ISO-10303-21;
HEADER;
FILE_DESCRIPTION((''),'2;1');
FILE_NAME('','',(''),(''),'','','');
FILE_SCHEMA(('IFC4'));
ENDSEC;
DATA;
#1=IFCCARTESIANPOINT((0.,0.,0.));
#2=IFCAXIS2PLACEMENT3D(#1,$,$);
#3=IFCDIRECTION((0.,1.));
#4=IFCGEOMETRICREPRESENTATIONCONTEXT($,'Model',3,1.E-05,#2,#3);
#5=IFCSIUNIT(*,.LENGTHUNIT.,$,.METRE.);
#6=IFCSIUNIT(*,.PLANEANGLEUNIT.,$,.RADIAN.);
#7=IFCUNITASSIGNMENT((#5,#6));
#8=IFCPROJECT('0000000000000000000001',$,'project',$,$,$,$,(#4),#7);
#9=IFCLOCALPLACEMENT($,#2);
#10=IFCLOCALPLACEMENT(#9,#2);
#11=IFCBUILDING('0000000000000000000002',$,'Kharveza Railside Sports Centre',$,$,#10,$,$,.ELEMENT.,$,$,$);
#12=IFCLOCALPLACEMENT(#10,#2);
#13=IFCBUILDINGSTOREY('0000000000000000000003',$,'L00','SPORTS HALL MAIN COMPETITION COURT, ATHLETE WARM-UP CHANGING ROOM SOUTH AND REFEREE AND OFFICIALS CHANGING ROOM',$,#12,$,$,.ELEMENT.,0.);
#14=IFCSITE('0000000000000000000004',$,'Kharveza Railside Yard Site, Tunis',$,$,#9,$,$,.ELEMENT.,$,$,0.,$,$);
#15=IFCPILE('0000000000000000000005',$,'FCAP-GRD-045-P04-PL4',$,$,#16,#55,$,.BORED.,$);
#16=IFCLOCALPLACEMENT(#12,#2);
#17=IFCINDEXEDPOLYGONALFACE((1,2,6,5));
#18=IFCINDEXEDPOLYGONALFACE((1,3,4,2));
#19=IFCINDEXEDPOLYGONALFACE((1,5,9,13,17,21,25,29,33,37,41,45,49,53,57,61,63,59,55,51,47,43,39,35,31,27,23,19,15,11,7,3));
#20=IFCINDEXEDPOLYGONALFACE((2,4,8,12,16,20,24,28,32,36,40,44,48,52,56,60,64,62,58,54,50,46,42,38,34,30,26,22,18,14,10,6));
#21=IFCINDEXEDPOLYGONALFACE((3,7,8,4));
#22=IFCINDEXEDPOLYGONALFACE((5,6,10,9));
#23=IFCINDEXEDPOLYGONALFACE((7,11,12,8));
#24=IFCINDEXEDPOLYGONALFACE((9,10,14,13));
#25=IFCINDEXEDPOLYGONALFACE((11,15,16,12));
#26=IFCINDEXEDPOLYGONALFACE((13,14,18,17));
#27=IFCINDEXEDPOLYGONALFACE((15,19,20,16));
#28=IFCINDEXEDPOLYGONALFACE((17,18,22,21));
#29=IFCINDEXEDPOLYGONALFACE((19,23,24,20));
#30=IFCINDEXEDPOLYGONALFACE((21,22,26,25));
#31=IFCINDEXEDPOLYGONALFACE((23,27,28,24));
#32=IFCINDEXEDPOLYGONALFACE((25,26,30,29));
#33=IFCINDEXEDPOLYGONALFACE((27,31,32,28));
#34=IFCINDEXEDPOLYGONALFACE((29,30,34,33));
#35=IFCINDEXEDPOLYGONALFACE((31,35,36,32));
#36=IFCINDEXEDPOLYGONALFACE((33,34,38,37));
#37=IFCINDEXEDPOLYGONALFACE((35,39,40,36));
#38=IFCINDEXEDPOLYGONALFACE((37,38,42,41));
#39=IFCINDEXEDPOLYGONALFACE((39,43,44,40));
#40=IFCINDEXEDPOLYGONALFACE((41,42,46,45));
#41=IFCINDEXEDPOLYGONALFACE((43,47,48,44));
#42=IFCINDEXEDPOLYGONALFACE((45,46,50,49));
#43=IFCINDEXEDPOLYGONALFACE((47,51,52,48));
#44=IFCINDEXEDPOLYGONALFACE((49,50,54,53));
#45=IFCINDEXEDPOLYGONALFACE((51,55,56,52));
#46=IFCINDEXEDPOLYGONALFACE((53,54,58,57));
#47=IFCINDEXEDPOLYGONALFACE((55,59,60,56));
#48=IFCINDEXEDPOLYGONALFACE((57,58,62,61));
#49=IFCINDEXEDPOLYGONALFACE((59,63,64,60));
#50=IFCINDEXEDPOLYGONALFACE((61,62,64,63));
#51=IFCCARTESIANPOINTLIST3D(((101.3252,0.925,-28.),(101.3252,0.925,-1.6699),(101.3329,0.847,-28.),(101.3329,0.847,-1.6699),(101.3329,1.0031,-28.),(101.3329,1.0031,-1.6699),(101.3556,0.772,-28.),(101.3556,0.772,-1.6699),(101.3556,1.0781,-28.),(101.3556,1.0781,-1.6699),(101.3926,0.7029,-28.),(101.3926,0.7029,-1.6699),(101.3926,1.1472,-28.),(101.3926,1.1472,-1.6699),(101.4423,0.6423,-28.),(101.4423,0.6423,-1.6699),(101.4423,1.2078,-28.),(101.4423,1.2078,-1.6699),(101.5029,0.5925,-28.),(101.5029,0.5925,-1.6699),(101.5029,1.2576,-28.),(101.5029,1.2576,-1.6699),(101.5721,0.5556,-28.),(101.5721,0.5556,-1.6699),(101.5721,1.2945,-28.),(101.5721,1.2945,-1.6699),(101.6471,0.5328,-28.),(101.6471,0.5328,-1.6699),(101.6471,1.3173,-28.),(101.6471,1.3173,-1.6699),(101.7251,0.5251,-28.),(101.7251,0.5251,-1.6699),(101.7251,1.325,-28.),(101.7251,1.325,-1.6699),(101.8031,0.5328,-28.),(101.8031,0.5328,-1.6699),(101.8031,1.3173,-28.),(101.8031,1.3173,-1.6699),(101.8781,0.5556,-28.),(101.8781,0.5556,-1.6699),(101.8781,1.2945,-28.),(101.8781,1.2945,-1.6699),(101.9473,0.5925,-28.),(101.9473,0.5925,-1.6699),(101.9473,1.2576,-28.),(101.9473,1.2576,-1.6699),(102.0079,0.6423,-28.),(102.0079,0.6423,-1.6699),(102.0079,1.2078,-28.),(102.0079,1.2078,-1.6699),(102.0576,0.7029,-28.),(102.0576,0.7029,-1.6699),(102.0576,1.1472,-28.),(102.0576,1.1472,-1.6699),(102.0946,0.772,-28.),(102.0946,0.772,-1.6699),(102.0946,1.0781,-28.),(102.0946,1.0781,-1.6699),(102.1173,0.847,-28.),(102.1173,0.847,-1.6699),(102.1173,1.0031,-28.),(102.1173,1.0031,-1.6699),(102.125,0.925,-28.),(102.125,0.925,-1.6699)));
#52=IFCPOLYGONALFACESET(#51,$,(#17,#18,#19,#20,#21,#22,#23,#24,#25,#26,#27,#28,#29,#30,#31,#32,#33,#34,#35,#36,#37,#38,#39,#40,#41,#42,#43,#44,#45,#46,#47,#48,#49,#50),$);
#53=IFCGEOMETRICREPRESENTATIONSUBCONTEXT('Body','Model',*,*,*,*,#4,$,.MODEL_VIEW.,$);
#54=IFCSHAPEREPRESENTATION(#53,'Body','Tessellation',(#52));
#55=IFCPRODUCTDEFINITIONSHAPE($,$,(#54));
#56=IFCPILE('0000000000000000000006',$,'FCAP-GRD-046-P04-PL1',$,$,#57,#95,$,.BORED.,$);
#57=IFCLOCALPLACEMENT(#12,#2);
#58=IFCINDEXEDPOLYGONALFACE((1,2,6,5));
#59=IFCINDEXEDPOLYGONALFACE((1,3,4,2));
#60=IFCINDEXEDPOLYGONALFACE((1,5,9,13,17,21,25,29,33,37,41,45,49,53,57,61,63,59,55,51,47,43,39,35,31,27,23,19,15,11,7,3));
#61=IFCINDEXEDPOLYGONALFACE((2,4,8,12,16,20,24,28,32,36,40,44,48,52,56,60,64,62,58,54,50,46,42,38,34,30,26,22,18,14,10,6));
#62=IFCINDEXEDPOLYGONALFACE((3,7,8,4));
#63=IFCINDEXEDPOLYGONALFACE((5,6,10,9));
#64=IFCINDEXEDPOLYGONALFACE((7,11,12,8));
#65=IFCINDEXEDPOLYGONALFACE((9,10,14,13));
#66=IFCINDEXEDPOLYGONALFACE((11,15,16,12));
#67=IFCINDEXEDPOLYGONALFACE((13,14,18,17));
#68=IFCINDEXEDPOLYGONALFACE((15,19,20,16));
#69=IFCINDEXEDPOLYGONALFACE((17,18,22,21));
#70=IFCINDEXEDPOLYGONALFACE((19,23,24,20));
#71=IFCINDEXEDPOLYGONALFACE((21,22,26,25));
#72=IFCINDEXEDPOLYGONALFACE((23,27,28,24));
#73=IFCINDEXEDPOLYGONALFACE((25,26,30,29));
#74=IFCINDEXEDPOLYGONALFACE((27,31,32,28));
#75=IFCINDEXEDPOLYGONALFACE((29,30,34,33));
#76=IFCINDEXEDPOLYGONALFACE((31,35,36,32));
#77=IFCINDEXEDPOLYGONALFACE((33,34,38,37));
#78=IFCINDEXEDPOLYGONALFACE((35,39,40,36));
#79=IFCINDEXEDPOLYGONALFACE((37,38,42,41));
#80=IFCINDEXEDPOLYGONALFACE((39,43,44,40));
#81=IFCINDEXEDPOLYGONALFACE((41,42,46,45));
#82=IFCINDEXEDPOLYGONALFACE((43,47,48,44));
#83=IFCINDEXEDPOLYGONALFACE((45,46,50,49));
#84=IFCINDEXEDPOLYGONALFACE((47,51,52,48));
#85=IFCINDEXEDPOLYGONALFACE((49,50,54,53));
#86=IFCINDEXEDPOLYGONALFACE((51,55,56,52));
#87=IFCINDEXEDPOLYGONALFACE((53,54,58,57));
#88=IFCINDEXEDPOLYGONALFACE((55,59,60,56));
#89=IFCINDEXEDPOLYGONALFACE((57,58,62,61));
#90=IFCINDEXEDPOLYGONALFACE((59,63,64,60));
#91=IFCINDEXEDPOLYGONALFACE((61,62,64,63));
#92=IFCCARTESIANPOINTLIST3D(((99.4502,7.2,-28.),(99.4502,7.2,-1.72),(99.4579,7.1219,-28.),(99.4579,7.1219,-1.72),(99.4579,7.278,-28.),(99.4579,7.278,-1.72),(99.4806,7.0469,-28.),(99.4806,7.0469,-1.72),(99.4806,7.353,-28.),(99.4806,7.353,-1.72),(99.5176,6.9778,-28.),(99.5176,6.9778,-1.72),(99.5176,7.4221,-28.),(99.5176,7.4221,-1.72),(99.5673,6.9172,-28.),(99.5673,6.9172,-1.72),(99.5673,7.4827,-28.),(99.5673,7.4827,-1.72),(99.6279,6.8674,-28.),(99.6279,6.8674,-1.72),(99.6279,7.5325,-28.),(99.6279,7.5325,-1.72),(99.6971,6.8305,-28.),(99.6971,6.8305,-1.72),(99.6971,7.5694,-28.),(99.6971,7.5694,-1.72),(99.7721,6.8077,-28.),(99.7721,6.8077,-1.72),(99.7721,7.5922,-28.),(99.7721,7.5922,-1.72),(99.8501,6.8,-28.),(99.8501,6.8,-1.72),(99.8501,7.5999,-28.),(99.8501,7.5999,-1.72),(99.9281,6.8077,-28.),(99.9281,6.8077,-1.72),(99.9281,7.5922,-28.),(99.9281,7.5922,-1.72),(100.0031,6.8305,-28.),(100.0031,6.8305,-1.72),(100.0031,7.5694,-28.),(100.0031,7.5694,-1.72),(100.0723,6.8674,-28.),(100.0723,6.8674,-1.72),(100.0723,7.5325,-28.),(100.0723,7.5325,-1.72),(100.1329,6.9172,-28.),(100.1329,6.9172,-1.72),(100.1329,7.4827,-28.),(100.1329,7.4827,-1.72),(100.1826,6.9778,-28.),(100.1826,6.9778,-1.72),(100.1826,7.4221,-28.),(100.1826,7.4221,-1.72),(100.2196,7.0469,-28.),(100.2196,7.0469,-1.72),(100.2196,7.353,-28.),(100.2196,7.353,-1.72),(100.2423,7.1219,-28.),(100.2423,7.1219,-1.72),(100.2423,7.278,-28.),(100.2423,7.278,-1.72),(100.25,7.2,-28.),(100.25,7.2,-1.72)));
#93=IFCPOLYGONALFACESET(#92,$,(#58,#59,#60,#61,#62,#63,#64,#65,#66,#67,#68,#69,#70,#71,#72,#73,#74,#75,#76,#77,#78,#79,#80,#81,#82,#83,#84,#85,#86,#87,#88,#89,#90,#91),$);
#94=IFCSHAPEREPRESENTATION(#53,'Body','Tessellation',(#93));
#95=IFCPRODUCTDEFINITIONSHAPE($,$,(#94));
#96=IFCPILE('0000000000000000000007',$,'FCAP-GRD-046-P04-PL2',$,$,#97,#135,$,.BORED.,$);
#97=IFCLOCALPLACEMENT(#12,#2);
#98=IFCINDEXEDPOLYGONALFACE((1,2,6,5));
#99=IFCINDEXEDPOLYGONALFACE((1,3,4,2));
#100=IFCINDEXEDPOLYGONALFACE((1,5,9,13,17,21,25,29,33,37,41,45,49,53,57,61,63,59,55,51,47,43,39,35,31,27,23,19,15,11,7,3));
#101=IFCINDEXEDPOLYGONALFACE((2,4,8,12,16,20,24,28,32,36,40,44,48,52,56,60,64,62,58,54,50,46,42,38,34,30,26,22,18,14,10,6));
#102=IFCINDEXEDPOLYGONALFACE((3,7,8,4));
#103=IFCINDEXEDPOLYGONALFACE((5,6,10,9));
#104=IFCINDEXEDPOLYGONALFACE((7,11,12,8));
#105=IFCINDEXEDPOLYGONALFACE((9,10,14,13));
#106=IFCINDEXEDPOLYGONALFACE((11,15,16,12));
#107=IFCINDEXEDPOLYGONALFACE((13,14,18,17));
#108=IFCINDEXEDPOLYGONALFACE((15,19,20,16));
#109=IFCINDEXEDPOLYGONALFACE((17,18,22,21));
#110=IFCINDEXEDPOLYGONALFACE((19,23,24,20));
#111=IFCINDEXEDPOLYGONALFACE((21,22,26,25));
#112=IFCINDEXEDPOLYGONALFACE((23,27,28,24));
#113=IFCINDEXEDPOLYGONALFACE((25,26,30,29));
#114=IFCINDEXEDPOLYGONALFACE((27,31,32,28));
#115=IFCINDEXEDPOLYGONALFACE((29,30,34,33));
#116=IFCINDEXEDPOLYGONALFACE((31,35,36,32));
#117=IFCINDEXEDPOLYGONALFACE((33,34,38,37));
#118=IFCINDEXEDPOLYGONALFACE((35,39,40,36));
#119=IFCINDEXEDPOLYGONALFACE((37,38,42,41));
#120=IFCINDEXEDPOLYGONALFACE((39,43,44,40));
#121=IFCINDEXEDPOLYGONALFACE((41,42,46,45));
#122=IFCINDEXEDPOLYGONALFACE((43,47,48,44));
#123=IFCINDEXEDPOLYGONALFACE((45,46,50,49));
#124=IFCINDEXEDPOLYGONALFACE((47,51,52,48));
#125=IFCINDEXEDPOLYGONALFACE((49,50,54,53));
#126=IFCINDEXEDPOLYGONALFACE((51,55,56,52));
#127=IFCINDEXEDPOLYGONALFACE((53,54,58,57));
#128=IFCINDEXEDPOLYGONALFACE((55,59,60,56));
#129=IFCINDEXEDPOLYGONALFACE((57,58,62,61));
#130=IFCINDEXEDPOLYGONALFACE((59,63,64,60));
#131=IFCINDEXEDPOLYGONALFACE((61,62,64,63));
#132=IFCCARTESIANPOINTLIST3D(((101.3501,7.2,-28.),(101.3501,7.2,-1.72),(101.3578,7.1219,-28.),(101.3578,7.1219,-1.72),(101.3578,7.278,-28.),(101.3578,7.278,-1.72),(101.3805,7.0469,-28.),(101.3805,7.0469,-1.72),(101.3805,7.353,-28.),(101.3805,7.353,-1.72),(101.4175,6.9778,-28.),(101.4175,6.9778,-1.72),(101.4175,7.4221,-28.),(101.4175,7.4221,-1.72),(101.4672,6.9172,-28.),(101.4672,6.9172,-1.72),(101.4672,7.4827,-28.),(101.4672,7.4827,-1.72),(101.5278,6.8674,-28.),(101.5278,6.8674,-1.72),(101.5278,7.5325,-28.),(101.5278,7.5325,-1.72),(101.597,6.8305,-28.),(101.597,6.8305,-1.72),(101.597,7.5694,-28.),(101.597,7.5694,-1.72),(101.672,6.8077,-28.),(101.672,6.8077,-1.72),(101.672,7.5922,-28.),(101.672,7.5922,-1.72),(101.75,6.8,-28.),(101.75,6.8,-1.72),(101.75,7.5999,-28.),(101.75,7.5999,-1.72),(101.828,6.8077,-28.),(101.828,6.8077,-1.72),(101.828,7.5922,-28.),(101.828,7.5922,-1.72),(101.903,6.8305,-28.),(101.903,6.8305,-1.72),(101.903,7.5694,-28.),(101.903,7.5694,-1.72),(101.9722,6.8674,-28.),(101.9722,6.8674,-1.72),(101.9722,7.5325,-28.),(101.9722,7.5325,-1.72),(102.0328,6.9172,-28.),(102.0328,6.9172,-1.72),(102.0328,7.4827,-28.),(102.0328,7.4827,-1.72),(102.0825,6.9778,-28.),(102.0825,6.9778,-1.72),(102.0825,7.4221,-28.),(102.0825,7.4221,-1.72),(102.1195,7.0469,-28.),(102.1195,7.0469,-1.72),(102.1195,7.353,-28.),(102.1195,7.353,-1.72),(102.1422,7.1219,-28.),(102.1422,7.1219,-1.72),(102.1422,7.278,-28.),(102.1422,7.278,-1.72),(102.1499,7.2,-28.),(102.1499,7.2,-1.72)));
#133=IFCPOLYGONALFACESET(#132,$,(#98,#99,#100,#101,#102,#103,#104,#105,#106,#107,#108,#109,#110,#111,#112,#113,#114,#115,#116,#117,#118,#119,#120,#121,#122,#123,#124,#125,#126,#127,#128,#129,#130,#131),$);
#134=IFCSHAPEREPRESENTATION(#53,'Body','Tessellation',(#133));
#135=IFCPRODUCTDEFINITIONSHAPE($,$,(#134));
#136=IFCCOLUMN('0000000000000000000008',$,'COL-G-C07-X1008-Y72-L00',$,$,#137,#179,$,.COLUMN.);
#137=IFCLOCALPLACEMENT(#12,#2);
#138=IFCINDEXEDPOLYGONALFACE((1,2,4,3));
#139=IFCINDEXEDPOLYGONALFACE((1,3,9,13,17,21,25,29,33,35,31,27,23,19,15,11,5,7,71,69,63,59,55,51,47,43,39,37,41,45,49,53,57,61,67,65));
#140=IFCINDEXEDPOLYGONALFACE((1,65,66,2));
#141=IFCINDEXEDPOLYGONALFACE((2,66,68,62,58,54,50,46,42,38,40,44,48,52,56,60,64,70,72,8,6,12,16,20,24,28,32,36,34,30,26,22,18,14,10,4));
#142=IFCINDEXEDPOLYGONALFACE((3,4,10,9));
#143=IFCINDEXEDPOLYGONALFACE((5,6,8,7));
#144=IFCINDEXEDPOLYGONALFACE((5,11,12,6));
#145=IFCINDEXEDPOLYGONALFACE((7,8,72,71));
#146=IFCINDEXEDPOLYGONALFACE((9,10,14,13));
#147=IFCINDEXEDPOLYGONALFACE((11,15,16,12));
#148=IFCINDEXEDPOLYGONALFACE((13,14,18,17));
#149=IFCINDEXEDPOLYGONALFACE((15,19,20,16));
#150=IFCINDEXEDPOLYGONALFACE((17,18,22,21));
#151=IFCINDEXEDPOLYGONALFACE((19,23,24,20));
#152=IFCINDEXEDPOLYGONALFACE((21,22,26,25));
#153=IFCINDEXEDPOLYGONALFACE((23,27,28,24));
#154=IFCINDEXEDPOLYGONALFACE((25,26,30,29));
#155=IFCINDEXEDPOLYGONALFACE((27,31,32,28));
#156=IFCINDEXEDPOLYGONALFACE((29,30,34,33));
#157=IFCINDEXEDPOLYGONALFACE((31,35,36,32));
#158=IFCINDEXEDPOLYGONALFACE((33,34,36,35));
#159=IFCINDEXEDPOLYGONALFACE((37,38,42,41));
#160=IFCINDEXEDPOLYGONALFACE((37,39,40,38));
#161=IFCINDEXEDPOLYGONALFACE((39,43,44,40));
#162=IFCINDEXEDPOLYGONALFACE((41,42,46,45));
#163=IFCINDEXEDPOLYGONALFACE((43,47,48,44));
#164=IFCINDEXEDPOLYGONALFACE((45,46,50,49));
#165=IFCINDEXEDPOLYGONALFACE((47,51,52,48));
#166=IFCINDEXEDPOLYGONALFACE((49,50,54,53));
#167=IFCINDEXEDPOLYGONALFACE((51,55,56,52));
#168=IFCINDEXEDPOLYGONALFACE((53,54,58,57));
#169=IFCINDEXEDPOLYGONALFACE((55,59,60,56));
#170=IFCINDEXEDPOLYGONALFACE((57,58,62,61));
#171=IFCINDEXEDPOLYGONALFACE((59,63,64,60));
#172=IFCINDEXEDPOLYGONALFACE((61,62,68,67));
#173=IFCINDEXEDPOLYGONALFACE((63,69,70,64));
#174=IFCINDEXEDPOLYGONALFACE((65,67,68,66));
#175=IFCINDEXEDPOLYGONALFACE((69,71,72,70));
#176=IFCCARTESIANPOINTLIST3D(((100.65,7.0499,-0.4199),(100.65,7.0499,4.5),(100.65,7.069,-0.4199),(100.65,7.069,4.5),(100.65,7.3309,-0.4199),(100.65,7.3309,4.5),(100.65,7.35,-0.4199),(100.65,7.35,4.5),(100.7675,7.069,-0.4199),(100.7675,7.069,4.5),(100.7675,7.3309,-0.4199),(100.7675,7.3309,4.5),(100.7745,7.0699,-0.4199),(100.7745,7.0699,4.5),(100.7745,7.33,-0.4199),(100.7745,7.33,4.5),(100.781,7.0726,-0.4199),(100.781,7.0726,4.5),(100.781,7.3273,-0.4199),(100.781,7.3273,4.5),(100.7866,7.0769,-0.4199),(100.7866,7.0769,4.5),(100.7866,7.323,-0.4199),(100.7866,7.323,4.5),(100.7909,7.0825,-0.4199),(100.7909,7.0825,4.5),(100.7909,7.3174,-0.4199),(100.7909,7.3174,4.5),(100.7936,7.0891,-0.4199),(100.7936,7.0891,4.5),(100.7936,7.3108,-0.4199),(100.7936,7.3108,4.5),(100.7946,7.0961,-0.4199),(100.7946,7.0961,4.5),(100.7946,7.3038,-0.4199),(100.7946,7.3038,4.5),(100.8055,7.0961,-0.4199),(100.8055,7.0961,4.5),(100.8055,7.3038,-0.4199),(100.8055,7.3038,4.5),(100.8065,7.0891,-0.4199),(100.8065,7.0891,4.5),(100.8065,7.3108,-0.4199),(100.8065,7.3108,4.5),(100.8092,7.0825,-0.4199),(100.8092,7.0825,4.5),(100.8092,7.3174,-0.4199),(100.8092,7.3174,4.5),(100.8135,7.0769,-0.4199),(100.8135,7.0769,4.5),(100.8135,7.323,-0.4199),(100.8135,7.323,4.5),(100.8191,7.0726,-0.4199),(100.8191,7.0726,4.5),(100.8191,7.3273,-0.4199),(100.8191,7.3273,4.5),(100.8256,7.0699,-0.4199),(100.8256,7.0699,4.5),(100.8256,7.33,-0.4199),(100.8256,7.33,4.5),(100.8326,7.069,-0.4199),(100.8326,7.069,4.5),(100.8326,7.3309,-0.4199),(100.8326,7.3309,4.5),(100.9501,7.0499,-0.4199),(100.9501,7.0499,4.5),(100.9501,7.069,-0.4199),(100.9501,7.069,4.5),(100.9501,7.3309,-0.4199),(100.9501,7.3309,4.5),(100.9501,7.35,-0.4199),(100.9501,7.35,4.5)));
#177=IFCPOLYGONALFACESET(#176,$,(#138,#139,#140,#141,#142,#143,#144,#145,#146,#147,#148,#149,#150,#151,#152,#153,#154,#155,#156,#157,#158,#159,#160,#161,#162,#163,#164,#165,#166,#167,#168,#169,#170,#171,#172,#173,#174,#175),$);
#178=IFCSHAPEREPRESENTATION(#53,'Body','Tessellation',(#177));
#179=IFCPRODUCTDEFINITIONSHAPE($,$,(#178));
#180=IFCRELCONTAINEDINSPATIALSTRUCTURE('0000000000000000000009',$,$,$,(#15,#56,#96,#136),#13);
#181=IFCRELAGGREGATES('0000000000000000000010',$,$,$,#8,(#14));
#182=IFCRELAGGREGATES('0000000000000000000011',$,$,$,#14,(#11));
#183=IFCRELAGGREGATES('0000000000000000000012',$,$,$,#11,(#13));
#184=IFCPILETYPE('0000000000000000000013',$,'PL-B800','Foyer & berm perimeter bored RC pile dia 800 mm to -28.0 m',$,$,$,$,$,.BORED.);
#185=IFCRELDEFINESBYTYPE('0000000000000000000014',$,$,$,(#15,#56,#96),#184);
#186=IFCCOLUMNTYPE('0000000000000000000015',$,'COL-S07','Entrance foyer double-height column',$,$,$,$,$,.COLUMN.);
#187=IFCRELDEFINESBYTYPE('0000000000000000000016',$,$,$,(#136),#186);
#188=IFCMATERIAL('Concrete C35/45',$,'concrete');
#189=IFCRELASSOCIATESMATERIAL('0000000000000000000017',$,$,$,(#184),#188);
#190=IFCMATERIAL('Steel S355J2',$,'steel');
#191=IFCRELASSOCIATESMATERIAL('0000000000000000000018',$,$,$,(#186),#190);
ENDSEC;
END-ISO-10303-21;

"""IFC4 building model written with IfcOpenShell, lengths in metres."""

from ifc_helpers import new_model, si_unit, direction, frame, origin, origin_2d, place, context, subcontext, project, spatial, circle, i_section, extrude, material, material_profile, profile_set, type_object, element, save


model = new_model("IFC4")

# Units and contexts
model_context = context("Model", 3, precision=1e-05, world=origin(), true_north=direction((0.0, 1.0)))
body_context = subcontext(model_context, "Body", "Model", "MODEL_VIEW")
ifc_project = project(units=[si_unit("LENGTHUNIT", "METRE"), si_unit("PLANEANGLEUNIT", "RADIAN")], contexts=[model_context])

# Site, building, storey
site_placement = place(None, origin())
site = spatial("IfcSite", under=ifc_project, at=site_placement, Name="Kharveza Railside Yard Site, Tunis", CompositionType="ELEMENT", RefElevation=0.0)
building_placement = place(site_placement, origin())
building = spatial("IfcBuilding", under=site, at=building_placement, Name="Kharveza Railside Sports Centre", CompositionType="ELEMENT")
storey_placement = place(building_placement, origin())
storey = spatial("IfcBuildingStorey", under=building, at=storey_placement, Name="L00", Description="SPORTS HALL MAIN COMPETITION COURT, ATHLETE WARM-UP CHANGING ROOM SOUTH AND REFEREE AND OFFICIALS CHANGING ROOM", CompositionType="ELEMENT", Elevation=0.0)

# Shared definitions
ifc_material_1 = material(Name="Concrete C35/45", Category="concrete")

# Piles
ifc_material_profile_1 = material_profile(ifc_material_1, circle(Radius=0.3999, at=origin_2d()), Name="PILE D800")
ifc_profile_set_1 = profile_set([ifc_material_profile_1], Name="Concrete C35/45")
pile_type = type_object("IfcPileType", Name="PL-B800", Description="Foyer & berm perimeter bored RC pile dia 800 mm to -28.0 m", PredefinedType="BORED", material=ifc_profile_set_1)
for number, where, z_axis, x_axis, name in (
    (1, (101.7251, 0.925, -1.6699), (0.0, 0.0, -1.0), (1.0, 0.0, 0.0), "FCAP-GRD-045-P04-PL4"),
):
    element("IfcPile", number, at=place(storey_placement, frame(where, z_axis=z_axis, x_axis=x_axis)), inside=storey, type_object=pile_type, Name=name, PredefinedType="BORED", context=body_context, shape_type="SweptSolid", body=[
        extrude(circle(Radius=0.3999, at=origin_2d()), origin(), (0.0, 0.0, 1.0), 26.3301),
    ])
for number, where, z_axis, x_axis, name in (
    (2, (99.8501, 7.2, -1.72), (0.0, 0.0, -1.0), (1.0, 0.0, 0.0), "FCAP-GRD-046-P04-PL1"),
    (3, (101.75, 7.2, -1.72), (0.0, 0.0, -1.0), (1.0, 0.0, 0.0), "FCAP-GRD-046-P04-PL2"),
):
    element("IfcPile", number, at=place(storey_placement, frame(where, z_axis=z_axis, x_axis=x_axis)), inside=storey, type_object=pile_type, Name=name, PredefinedType="BORED", context=body_context, shape_type="SweptSolid", body=[
        extrude(circle(Radius=0.3999, at=origin_2d()), origin(), (0.0, 0.0, 1.0), 26.28),
    ])

# Column
ifc_material_2 = material(Name="Steel S355J2", Category="steel")
ifc_material_profile_2 = material_profile(ifc_material_2, i_section(OverallWidth=0.3, OverallDepth=0.3, WebThickness=0.011, FlangeThickness=0.019, FilletRadius=0.0271, at=origin_2d()), Name="HEB 300")
ifc_profile_set_2 = profile_set([ifc_material_profile_2], Name="Steel S355J2")
column_type_1 = type_object("IfcColumnType", Name="COL-S07", Description="Entrance foyer double-height column", PredefinedType="COLUMN", material=ifc_profile_set_2)
column_1_placement = place(storey_placement, frame((100.8, 7.2, -0.4199), z_axis=(0.0, 0.0, 1.0), x_axis=(1.0, 0.0, 0.0)))
element("IfcColumn", 4, at=column_1_placement, inside=storey, type_object=column_type_1, Name="COL-G-C07-X1008-Y72-L00", PredefinedType="COLUMN", context=body_context, shape_type="SweptSolid", body=[
    extrude(i_section(OverallWidth=0.3, OverallDepth=0.3, WebThickness=0.011, FlangeThickness=0.019, FilletRadius=0.0271, at=origin_2d()), origin(), (0.0, 0.0, 1.0), 4.9199),
])

save(model, "model.ifc")
